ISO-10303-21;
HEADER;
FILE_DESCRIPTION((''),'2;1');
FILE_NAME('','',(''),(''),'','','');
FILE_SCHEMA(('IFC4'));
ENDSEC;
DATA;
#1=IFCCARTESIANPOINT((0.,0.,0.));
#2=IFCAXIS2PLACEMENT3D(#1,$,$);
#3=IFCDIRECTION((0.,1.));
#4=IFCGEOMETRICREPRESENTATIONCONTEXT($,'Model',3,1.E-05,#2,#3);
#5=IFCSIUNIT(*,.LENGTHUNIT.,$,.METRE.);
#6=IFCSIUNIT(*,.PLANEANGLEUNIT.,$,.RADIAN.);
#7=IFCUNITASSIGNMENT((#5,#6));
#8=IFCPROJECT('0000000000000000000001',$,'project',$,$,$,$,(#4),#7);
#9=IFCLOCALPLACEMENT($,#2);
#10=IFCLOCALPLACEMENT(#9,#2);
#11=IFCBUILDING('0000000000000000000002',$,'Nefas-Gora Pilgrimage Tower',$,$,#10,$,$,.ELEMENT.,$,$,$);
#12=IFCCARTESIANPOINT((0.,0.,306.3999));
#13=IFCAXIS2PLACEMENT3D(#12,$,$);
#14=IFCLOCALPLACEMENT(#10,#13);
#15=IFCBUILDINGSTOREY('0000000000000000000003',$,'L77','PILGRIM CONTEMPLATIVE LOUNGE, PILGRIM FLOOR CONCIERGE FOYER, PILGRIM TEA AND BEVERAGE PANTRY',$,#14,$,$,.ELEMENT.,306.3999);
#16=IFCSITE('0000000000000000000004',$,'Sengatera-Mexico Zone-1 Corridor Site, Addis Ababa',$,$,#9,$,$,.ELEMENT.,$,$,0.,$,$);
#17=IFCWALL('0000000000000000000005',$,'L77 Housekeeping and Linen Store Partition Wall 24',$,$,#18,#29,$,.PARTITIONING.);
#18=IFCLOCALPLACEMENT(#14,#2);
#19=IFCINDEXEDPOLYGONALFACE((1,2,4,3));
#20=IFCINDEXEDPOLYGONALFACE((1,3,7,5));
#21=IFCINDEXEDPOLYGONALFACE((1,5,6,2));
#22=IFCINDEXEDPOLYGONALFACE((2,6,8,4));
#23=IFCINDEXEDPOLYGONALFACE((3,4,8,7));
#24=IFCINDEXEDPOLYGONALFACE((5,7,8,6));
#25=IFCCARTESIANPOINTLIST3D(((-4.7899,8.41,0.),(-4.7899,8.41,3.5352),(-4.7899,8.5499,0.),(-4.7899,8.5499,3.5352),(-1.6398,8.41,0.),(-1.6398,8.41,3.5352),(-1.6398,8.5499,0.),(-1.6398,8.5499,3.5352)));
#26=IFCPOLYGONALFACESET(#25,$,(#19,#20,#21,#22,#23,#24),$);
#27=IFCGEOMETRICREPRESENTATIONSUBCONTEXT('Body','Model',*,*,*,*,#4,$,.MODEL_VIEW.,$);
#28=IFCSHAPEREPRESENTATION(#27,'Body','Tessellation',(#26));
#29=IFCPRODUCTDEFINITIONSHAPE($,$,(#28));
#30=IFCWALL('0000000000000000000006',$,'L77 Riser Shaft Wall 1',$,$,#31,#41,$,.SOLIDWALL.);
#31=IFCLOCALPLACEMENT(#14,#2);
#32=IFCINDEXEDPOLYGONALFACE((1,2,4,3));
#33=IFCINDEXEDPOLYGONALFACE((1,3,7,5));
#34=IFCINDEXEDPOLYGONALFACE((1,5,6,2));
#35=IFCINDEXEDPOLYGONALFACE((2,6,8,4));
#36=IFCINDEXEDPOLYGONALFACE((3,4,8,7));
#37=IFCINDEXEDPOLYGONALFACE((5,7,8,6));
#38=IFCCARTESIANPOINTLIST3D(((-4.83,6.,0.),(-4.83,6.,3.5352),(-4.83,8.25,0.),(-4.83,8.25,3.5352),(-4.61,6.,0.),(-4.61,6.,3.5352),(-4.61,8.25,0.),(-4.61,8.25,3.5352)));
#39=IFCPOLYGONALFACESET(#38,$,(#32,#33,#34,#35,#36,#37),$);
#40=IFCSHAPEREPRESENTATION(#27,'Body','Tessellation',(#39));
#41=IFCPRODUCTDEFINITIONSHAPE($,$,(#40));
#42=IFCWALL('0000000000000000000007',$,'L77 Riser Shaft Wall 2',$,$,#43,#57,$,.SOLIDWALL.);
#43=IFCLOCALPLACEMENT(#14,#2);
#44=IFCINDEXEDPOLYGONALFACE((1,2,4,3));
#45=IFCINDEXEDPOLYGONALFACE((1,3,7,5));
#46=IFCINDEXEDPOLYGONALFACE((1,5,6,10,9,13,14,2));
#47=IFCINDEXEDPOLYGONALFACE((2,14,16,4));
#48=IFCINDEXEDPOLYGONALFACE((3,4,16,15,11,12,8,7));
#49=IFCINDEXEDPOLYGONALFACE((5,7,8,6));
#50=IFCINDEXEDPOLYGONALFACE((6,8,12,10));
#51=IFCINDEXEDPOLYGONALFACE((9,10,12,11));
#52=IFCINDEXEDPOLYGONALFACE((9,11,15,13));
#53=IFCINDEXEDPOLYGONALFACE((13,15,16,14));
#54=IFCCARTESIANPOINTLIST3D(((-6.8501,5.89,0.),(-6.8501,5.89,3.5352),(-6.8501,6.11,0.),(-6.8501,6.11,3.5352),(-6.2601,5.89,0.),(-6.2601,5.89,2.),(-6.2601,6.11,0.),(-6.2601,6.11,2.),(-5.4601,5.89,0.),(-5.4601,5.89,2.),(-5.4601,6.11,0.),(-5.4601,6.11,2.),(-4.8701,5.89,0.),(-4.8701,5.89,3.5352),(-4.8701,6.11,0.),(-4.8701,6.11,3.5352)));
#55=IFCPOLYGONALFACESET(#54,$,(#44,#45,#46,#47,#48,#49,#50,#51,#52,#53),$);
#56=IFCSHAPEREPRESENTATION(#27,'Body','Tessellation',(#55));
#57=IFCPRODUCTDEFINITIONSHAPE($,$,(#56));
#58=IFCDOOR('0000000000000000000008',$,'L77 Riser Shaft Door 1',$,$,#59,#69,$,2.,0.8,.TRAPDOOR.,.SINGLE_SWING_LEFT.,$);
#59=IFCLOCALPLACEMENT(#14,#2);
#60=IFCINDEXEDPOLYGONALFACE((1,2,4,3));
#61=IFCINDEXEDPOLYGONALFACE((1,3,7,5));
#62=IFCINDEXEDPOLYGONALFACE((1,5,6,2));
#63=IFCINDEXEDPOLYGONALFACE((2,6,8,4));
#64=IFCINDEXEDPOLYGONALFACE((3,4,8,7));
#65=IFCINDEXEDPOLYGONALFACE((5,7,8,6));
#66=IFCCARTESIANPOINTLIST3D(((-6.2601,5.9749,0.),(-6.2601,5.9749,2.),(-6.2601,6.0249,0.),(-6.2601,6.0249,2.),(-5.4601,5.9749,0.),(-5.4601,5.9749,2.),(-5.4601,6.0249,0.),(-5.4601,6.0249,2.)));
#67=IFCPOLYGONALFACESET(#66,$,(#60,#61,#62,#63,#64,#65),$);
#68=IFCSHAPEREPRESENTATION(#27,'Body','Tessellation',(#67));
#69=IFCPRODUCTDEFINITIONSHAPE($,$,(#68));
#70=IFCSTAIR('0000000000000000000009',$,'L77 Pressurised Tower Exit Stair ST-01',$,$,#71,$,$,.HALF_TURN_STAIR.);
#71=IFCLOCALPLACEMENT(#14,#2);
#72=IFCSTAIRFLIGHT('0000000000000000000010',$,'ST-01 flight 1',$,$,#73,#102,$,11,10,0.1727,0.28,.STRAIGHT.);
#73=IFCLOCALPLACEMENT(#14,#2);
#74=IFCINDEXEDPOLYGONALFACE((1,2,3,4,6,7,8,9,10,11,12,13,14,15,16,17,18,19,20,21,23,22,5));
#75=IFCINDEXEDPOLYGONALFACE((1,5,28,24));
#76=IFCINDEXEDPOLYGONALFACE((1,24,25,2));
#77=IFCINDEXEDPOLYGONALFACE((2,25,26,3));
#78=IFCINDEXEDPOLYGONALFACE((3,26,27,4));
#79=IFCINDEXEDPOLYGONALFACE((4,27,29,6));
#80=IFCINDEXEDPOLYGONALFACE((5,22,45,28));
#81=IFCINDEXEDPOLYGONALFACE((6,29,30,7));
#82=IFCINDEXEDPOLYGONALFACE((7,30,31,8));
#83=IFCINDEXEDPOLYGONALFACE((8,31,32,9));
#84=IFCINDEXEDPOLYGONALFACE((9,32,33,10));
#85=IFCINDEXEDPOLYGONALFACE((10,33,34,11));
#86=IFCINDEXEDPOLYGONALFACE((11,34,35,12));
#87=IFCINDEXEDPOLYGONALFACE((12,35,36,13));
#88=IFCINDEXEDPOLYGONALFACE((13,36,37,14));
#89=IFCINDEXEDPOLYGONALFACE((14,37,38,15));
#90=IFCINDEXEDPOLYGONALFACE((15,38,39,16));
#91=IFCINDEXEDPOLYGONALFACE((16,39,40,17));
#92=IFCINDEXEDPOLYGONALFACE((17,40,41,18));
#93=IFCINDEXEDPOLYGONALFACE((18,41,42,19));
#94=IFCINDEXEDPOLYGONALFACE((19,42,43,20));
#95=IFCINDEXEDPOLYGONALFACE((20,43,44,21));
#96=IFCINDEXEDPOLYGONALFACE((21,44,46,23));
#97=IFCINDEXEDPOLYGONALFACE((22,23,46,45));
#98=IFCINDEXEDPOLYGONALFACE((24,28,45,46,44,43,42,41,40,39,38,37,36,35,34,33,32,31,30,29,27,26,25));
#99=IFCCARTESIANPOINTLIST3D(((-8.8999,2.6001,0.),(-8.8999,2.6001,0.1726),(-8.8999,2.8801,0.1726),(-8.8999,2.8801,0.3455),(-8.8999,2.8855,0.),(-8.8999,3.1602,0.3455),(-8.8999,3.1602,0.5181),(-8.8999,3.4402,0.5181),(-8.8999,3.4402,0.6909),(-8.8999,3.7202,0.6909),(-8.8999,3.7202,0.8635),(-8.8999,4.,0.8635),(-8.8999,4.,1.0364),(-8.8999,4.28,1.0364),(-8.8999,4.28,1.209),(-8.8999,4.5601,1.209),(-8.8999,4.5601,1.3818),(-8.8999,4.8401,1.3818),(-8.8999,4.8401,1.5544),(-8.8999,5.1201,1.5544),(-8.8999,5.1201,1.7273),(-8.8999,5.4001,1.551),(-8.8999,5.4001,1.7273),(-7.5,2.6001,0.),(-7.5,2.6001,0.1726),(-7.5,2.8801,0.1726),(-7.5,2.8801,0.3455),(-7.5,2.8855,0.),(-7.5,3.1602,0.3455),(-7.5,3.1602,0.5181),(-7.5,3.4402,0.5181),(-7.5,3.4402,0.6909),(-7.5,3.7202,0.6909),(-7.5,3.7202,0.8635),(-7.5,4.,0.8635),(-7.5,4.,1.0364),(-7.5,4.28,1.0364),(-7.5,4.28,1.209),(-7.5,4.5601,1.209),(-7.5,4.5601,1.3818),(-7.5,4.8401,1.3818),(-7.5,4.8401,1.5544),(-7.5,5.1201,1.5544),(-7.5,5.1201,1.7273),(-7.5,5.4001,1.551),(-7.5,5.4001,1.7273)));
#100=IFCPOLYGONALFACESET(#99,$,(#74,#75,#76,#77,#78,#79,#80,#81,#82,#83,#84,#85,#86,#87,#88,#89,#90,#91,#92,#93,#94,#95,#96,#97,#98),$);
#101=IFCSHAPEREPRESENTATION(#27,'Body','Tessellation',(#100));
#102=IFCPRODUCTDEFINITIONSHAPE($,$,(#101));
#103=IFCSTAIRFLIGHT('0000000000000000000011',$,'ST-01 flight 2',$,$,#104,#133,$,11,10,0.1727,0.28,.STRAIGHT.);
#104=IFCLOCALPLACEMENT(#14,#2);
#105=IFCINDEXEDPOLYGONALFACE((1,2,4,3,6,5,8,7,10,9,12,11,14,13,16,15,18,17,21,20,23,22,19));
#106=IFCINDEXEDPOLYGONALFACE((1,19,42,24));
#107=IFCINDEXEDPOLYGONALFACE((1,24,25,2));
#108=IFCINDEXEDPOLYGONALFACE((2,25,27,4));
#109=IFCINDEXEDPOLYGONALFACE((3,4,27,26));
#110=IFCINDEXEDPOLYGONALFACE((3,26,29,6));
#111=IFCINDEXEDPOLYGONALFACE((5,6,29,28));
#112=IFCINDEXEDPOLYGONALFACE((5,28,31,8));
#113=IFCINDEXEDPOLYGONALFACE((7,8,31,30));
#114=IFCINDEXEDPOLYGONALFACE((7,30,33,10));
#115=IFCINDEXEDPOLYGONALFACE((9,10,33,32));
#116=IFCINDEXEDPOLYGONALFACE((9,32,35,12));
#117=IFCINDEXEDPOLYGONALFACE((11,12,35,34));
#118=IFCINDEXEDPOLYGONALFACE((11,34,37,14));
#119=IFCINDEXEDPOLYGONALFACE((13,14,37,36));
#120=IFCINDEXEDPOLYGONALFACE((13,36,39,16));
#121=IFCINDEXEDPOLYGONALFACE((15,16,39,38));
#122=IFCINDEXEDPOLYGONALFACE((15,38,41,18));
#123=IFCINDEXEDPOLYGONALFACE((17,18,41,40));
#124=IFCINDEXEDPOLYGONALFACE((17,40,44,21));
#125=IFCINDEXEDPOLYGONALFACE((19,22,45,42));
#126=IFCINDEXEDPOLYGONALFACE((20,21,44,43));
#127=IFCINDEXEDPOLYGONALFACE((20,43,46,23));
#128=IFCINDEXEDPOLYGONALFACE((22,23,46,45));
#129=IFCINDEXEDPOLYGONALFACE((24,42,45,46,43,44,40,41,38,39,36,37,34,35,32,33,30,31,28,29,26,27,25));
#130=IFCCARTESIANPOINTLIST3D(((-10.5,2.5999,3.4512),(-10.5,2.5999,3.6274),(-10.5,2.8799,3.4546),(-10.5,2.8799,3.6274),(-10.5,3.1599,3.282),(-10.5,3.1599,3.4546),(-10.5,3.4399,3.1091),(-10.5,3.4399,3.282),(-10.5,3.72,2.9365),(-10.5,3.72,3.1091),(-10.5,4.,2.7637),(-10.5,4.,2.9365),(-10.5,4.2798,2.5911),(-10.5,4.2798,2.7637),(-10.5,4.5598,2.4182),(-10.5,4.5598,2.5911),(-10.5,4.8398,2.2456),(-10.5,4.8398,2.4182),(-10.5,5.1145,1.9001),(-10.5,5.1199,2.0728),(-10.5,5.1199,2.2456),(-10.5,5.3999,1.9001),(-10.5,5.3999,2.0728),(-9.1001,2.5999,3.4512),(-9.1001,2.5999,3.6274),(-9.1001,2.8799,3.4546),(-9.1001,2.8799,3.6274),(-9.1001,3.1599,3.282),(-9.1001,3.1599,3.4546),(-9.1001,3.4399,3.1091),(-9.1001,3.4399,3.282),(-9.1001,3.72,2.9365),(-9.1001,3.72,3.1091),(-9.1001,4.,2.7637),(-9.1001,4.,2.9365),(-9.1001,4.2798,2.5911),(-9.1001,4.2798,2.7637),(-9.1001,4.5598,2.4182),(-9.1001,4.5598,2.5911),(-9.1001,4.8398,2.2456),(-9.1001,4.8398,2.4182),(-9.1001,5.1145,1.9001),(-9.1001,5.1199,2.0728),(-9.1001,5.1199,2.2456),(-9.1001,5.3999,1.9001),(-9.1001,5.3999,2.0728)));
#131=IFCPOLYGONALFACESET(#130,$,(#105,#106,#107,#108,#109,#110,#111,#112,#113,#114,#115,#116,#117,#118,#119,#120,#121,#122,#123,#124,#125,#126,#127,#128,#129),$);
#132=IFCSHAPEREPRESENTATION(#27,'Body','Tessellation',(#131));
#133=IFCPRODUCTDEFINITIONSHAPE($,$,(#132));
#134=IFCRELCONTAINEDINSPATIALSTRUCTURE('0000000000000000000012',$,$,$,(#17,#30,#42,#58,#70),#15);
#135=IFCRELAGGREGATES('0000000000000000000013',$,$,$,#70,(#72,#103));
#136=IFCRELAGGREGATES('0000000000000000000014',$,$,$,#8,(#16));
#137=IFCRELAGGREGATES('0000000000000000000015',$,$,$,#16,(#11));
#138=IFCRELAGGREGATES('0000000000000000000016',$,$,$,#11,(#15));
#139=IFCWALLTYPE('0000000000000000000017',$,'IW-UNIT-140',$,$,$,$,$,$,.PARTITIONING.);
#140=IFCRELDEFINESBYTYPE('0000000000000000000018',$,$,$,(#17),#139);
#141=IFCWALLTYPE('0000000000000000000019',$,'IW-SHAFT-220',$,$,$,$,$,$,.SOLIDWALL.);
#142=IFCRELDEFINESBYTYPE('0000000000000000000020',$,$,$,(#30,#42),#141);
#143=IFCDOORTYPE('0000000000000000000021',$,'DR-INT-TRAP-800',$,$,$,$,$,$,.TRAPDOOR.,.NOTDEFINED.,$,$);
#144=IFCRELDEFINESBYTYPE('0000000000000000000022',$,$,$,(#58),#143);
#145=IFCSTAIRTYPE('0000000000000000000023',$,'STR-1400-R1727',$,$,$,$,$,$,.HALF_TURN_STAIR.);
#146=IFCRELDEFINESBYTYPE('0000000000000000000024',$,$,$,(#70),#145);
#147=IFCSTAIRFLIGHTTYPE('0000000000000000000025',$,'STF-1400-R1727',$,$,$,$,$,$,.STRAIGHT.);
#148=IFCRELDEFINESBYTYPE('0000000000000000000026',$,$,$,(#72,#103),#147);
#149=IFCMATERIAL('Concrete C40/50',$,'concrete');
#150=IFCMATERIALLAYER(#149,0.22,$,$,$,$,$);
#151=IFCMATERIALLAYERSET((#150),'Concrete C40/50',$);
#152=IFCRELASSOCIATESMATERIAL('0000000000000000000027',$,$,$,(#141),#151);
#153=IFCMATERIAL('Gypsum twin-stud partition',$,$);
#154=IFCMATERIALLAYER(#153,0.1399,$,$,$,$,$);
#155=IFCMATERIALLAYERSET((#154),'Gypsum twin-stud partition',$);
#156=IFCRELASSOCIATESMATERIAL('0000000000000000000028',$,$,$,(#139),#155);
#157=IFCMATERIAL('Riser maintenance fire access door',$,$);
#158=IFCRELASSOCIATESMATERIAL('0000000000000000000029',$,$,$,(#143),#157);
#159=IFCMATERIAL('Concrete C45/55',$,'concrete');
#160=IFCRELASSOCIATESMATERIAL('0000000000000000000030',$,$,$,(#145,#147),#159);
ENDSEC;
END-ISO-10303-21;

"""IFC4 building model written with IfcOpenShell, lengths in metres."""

from ifc_helpers import new_model, si_unit, direction, frame, frame_2d, origin, place, context, subcontext, project, spatial, polyline, rectangle, outline, extrude, source, transform, mapped, material, layer, layer_set, type_object, element, fill, aggregate, save


model = new_model("IFC4")

# Units and contexts
model_context = context("Model", 3, precision=1e-05, world=origin(), true_north=direction((0.0, 1.0)))
body_context = subcontext(model_context, "Body", "Model", "MODEL_VIEW")
ifc_project = project(units=[si_unit("LENGTHUNIT", "METRE"), si_unit("PLANEANGLEUNIT", "RADIAN")], contexts=[model_context])

# Site, building, storey
site_placement = place(None, origin())
site = spatial("IfcSite", under=ifc_project, at=site_placement, Name="Sengatera-Mexico Zone-1 Corridor Site, Addis Ababa", CompositionType="ELEMENT", RefElevation=0.0)
building_placement = place(site_placement, origin())
building = spatial("IfcBuilding", under=site, at=building_placement, Name="Nefas-Gora Pilgrimage Tower", CompositionType="ELEMENT")
storey_placement = place(building_placement, frame((0.0, 0.0, 306.3999)))
storey = spatial("IfcBuildingStorey", under=building, at=storey_placement, Name="L77", Description="PILGRIM CONTEMPLATIVE LOUNGE, PILGRIM FLOOR CONCIERGE FOYER, PILGRIM TEA AND BEVERAGE PANTRY", CompositionType="ELEMENT", Elevation=306.3999)

# Shared definitions
ifc_material_1 = material(Name="Concrete C45/55", Category="concrete")

# Shared definitions
ifc_material_2 = material(Name="Concrete C40/50", Category="concrete")
ifc_layer_1 = layer(ifc_material_2, 0.22)
ifc_layer_set_1 = layer_set([ifc_layer_1], Name="Concrete C40/50")
wall_type_1 = type_object("IfcWallType", Name="IW-SHAFT-220", PredefinedType="SOLIDWALL", material=ifc_layer_set_1)

# Walls
ifc_material_3 = material(Name="Gypsum twin-stud partition")
ifc_layer_2 = layer(ifc_material_3, 0.1399)
ifc_layer_set_2 = layer_set([ifc_layer_2], Name="Gypsum twin-stud partition")
wall_type_2 = type_object("IfcWallType", Name="IW-UNIT-140", PredefinedType="PARTITIONING", material=ifc_layer_set_2)
shared_shape_1 = source(origin(), body_context, "Body", "SweptSolid", [
    extrude(rectangle(XDim=3.1501, YDim=0.1399, at=frame_2d((1.5752, 0.0))), origin(), (0.0, 0.0, 1.0), 3.5352),
])
wall_1_placement = place(storey_placement, frame((-4.79, 8.48, 0.0), z_axis=(0.0, 0.0, 1.0), x_axis=(1.0, 0.0, 0.0)))
element("IfcWall", 1, at=wall_1_placement, inside=storey, type_object=wall_type_2, Name="L77 Housekeeping and Linen Store Partition Wall 24", PredefinedType="PARTITIONING", context=body_context, shape_type="MappedRepresentation", body=[
    mapped(shared_shape_1, transform((0.0, 0.0, 0.0), x_axis=(1.0, 0.0, 0.0), y_axis=(0.0, 1.0, 0.0), z_axis=(0.0, 0.0, 1.0), scale=1.0)),
])
shared_shape_2 = source(origin(), body_context, "Body", "SweptSolid", [
    extrude(rectangle(XDim=2.25, YDim=0.22, at=frame_2d((1.125, 0.0))), origin(), (0.0, 0.0, 1.0), 3.5352),
])
wall_2_placement = place(storey_placement, frame((-4.72, 6.0, 0.0), z_axis=(0.0, 0.0, 1.0), x_axis=(0.0, 1.0, 0.0)))
element("IfcWall", 2, at=wall_2_placement, inside=storey, type_object=wall_type_1, Name="L77 Riser Shaft Wall 1", PredefinedType="SOLIDWALL", context=body_context, shape_type="MappedRepresentation", body=[
    mapped(shared_shape_2, transform((0.0, 0.0, 0.0), x_axis=(1.0, 0.0, 0.0), y_axis=(0.0, 1.0, 0.0), z_axis=(0.0, 0.0, 1.0), scale=1.0)),
])

# Wall, opening, door
shared_shape_3 = source(origin(), body_context, "Body", "SweptSolid", [
    extrude(rectangle(XDim=1.98, YDim=0.22, at=frame_2d((0.99, 0.0))), origin(), (0.0, 0.0, 1.0), 3.5352),
])
wall_3_placement = place(storey_placement, frame((-6.8501, 6.0, 0.0), z_axis=(0.0, 0.0, 1.0), x_axis=(1.0, 0.0, 0.0)))
wall_3 = element("IfcWall", 3, at=wall_3_placement, inside=storey, type_object=wall_type_1, Name="L77 Riser Shaft Wall 2", PredefinedType="SOLIDWALL", context=body_context, shape_type="MappedRepresentation", body=[
    mapped(shared_shape_3, transform((0.0, 0.0, 0.0), x_axis=(1.0, 0.0, 0.0), y_axis=(0.0, 1.0, 0.0), z_axis=(0.0, 0.0, 1.0), scale=1.0)),
])
opening_1_placement = place(wall_3_placement, frame((0.5901, 0.0, 0.0)))
opening_1 = element("IfcOpeningElement", 4, at=opening_1_placement, cuts=wall_3, PredefinedType="OPENING", context=body_context, shape_type="SweptSolid", body=[
    extrude(rectangle(XDim=0.8, YDim=2.0, at=frame_2d((0.3999, 1.0))), frame((0.0, 0.1199, 0.0), z_axis=(0.0, -1.0, 0.0), x_axis=(1.0, 0.0, 0.0)), (0.0, 0.0, 1.0), 0.24),
])
ifc_material_4 = material(Name="Riser maintenance fire access door")
door_type_1 = type_object("IfcDoorType", Name="DR-INT-TRAP-800", OperationType="NOTDEFINED", PredefinedType="TRAPDOOR", material=ifc_material_4)
shared_shape_4 = source(origin(), body_context, "Body", "SweptSolid", [
    extrude(rectangle(XDim=0.8, YDim=2.0, at=frame_2d((0.3999, 1.0))), frame((0.0, 0.0249, 0.0), z_axis=(0.0, -1.0, 0.0), x_axis=(1.0, 0.0, 0.0)), (0.0, 0.0, 1.0), 0.05),
])
door_1_placement = place(opening_1_placement, origin())
door_1 = element("IfcDoor", 5, at=door_1_placement, inside=storey, type_object=door_type_1, Name="L77 Riser Shaft Door 1", OperationType="SINGLE_SWING_LEFT", OverallHeight=2.0, OverallWidth=0.8, PredefinedType="TRAPDOOR", context=body_context, shape_type="MappedRepresentation", body=[
    mapped(shared_shape_4, transform((0.0, 0.0, 0.0), x_axis=(1.0, 0.0, 0.0), y_axis=(0.0, 1.0, 0.0), z_axis=(0.0, 0.0, 1.0), scale=1.0)),
])
fill(opening_1, door_1)

# Stair, stair flights
stair_type = type_object("IfcStairType", Name="STR-1400-R1727", PredefinedType="HALF_TURN_STAIR", material=ifc_material_1)
stair_placement = place(storey_placement, origin())
stair = element("IfcStair", 6, at=stair_placement, inside=storey, type_object=stair_type, Name="L77 Pressurised Tower Exit Stair ST-01", PredefinedType="HALF_TURN_STAIR")
stair_flight_type = type_object("IfcStairFlightType", Name="STF-1400-R1727", PredefinedType="STRAIGHT", material=ifc_material_1)
shared_shape_5 = source(origin(), body_context, "Body", "SweptSolid", [
    extrude(outline(polyline([(0.0, 0.0), (0.0, 0.1726), (0.28, 0.1726), (0.28, 0.3455), (0.5601, 0.3455), (0.5601, 0.5181), (0.8401, 0.5181), (0.8401, 0.6909), (1.1201, 0.6909), (1.1201, 0.8635), (1.3999, 0.8635), (1.3999, 1.0364), (1.6799, 1.0364), (1.6799, 1.209), (1.96, 1.209), (1.96, 1.3818), (2.24, 1.3818), (2.24, 1.5544), (2.52, 1.5544), (2.52, 1.7273), (2.8, 1.7273), (2.8, 1.8999), (2.8, 1.551), (0.2854, 0.0), (0.0, 0.0)])), frame((0.0, 0.7, 0.0), z_axis=(0.0, -1.0, 0.0), x_axis=(1.0, 0.0, 0.0)), (0.0, 0.0, 1.0), 1.3999),
])
stair_flight_1_placement = place(storey_placement, frame((-8.2, 2.6001, 0.0), z_axis=(0.0, 0.0, 1.0), x_axis=(0.0, 1.0, 0.0)))
stair_flight_1 = element("IfcStairFlight", 7, at=stair_flight_1_placement, type_object=stair_flight_type, Name="ST-01 flight 1", NumberOfRisers=11, NumberOfTreads=10, PredefinedType="STRAIGHT", RiserHeight=0.1727, TreadLength=0.28, context=body_context, shape_type="MappedRepresentation", body=[
    mapped(shared_shape_5, transform((0.0, 0.0, 0.0), x_axis=(1.0, 0.0, 0.0), y_axis=(0.0, 1.0, 0.0), z_axis=(0.0, 0.0, 1.0), scale=1.0)),
])
stair_flight_2_placement = place(storey_placement, frame((-9.8, 5.3999, 1.9001), z_axis=(0.0, 0.0, 1.0), x_axis=(0.0, -1.0, 0.0)))
stair_flight_2 = element("IfcStairFlight", 8, at=stair_flight_2_placement, type_object=stair_flight_type, Name="ST-01 flight 2", NumberOfRisers=11, NumberOfTreads=10, PredefinedType="STRAIGHT", RiserHeight=0.1727, TreadLength=0.28, context=body_context, shape_type="MappedRepresentation", body=[
    mapped(shared_shape_5, transform((0.0, 0.0, 0.0), x_axis=(1.0, 0.0, 0.0), y_axis=(0.0, 1.0, 0.0), z_axis=(0.0, 0.0, 1.0), scale=1.0)),
])
aggregate(stair, [stair_flight_1, stair_flight_2])

save(model, "model.ifc")
